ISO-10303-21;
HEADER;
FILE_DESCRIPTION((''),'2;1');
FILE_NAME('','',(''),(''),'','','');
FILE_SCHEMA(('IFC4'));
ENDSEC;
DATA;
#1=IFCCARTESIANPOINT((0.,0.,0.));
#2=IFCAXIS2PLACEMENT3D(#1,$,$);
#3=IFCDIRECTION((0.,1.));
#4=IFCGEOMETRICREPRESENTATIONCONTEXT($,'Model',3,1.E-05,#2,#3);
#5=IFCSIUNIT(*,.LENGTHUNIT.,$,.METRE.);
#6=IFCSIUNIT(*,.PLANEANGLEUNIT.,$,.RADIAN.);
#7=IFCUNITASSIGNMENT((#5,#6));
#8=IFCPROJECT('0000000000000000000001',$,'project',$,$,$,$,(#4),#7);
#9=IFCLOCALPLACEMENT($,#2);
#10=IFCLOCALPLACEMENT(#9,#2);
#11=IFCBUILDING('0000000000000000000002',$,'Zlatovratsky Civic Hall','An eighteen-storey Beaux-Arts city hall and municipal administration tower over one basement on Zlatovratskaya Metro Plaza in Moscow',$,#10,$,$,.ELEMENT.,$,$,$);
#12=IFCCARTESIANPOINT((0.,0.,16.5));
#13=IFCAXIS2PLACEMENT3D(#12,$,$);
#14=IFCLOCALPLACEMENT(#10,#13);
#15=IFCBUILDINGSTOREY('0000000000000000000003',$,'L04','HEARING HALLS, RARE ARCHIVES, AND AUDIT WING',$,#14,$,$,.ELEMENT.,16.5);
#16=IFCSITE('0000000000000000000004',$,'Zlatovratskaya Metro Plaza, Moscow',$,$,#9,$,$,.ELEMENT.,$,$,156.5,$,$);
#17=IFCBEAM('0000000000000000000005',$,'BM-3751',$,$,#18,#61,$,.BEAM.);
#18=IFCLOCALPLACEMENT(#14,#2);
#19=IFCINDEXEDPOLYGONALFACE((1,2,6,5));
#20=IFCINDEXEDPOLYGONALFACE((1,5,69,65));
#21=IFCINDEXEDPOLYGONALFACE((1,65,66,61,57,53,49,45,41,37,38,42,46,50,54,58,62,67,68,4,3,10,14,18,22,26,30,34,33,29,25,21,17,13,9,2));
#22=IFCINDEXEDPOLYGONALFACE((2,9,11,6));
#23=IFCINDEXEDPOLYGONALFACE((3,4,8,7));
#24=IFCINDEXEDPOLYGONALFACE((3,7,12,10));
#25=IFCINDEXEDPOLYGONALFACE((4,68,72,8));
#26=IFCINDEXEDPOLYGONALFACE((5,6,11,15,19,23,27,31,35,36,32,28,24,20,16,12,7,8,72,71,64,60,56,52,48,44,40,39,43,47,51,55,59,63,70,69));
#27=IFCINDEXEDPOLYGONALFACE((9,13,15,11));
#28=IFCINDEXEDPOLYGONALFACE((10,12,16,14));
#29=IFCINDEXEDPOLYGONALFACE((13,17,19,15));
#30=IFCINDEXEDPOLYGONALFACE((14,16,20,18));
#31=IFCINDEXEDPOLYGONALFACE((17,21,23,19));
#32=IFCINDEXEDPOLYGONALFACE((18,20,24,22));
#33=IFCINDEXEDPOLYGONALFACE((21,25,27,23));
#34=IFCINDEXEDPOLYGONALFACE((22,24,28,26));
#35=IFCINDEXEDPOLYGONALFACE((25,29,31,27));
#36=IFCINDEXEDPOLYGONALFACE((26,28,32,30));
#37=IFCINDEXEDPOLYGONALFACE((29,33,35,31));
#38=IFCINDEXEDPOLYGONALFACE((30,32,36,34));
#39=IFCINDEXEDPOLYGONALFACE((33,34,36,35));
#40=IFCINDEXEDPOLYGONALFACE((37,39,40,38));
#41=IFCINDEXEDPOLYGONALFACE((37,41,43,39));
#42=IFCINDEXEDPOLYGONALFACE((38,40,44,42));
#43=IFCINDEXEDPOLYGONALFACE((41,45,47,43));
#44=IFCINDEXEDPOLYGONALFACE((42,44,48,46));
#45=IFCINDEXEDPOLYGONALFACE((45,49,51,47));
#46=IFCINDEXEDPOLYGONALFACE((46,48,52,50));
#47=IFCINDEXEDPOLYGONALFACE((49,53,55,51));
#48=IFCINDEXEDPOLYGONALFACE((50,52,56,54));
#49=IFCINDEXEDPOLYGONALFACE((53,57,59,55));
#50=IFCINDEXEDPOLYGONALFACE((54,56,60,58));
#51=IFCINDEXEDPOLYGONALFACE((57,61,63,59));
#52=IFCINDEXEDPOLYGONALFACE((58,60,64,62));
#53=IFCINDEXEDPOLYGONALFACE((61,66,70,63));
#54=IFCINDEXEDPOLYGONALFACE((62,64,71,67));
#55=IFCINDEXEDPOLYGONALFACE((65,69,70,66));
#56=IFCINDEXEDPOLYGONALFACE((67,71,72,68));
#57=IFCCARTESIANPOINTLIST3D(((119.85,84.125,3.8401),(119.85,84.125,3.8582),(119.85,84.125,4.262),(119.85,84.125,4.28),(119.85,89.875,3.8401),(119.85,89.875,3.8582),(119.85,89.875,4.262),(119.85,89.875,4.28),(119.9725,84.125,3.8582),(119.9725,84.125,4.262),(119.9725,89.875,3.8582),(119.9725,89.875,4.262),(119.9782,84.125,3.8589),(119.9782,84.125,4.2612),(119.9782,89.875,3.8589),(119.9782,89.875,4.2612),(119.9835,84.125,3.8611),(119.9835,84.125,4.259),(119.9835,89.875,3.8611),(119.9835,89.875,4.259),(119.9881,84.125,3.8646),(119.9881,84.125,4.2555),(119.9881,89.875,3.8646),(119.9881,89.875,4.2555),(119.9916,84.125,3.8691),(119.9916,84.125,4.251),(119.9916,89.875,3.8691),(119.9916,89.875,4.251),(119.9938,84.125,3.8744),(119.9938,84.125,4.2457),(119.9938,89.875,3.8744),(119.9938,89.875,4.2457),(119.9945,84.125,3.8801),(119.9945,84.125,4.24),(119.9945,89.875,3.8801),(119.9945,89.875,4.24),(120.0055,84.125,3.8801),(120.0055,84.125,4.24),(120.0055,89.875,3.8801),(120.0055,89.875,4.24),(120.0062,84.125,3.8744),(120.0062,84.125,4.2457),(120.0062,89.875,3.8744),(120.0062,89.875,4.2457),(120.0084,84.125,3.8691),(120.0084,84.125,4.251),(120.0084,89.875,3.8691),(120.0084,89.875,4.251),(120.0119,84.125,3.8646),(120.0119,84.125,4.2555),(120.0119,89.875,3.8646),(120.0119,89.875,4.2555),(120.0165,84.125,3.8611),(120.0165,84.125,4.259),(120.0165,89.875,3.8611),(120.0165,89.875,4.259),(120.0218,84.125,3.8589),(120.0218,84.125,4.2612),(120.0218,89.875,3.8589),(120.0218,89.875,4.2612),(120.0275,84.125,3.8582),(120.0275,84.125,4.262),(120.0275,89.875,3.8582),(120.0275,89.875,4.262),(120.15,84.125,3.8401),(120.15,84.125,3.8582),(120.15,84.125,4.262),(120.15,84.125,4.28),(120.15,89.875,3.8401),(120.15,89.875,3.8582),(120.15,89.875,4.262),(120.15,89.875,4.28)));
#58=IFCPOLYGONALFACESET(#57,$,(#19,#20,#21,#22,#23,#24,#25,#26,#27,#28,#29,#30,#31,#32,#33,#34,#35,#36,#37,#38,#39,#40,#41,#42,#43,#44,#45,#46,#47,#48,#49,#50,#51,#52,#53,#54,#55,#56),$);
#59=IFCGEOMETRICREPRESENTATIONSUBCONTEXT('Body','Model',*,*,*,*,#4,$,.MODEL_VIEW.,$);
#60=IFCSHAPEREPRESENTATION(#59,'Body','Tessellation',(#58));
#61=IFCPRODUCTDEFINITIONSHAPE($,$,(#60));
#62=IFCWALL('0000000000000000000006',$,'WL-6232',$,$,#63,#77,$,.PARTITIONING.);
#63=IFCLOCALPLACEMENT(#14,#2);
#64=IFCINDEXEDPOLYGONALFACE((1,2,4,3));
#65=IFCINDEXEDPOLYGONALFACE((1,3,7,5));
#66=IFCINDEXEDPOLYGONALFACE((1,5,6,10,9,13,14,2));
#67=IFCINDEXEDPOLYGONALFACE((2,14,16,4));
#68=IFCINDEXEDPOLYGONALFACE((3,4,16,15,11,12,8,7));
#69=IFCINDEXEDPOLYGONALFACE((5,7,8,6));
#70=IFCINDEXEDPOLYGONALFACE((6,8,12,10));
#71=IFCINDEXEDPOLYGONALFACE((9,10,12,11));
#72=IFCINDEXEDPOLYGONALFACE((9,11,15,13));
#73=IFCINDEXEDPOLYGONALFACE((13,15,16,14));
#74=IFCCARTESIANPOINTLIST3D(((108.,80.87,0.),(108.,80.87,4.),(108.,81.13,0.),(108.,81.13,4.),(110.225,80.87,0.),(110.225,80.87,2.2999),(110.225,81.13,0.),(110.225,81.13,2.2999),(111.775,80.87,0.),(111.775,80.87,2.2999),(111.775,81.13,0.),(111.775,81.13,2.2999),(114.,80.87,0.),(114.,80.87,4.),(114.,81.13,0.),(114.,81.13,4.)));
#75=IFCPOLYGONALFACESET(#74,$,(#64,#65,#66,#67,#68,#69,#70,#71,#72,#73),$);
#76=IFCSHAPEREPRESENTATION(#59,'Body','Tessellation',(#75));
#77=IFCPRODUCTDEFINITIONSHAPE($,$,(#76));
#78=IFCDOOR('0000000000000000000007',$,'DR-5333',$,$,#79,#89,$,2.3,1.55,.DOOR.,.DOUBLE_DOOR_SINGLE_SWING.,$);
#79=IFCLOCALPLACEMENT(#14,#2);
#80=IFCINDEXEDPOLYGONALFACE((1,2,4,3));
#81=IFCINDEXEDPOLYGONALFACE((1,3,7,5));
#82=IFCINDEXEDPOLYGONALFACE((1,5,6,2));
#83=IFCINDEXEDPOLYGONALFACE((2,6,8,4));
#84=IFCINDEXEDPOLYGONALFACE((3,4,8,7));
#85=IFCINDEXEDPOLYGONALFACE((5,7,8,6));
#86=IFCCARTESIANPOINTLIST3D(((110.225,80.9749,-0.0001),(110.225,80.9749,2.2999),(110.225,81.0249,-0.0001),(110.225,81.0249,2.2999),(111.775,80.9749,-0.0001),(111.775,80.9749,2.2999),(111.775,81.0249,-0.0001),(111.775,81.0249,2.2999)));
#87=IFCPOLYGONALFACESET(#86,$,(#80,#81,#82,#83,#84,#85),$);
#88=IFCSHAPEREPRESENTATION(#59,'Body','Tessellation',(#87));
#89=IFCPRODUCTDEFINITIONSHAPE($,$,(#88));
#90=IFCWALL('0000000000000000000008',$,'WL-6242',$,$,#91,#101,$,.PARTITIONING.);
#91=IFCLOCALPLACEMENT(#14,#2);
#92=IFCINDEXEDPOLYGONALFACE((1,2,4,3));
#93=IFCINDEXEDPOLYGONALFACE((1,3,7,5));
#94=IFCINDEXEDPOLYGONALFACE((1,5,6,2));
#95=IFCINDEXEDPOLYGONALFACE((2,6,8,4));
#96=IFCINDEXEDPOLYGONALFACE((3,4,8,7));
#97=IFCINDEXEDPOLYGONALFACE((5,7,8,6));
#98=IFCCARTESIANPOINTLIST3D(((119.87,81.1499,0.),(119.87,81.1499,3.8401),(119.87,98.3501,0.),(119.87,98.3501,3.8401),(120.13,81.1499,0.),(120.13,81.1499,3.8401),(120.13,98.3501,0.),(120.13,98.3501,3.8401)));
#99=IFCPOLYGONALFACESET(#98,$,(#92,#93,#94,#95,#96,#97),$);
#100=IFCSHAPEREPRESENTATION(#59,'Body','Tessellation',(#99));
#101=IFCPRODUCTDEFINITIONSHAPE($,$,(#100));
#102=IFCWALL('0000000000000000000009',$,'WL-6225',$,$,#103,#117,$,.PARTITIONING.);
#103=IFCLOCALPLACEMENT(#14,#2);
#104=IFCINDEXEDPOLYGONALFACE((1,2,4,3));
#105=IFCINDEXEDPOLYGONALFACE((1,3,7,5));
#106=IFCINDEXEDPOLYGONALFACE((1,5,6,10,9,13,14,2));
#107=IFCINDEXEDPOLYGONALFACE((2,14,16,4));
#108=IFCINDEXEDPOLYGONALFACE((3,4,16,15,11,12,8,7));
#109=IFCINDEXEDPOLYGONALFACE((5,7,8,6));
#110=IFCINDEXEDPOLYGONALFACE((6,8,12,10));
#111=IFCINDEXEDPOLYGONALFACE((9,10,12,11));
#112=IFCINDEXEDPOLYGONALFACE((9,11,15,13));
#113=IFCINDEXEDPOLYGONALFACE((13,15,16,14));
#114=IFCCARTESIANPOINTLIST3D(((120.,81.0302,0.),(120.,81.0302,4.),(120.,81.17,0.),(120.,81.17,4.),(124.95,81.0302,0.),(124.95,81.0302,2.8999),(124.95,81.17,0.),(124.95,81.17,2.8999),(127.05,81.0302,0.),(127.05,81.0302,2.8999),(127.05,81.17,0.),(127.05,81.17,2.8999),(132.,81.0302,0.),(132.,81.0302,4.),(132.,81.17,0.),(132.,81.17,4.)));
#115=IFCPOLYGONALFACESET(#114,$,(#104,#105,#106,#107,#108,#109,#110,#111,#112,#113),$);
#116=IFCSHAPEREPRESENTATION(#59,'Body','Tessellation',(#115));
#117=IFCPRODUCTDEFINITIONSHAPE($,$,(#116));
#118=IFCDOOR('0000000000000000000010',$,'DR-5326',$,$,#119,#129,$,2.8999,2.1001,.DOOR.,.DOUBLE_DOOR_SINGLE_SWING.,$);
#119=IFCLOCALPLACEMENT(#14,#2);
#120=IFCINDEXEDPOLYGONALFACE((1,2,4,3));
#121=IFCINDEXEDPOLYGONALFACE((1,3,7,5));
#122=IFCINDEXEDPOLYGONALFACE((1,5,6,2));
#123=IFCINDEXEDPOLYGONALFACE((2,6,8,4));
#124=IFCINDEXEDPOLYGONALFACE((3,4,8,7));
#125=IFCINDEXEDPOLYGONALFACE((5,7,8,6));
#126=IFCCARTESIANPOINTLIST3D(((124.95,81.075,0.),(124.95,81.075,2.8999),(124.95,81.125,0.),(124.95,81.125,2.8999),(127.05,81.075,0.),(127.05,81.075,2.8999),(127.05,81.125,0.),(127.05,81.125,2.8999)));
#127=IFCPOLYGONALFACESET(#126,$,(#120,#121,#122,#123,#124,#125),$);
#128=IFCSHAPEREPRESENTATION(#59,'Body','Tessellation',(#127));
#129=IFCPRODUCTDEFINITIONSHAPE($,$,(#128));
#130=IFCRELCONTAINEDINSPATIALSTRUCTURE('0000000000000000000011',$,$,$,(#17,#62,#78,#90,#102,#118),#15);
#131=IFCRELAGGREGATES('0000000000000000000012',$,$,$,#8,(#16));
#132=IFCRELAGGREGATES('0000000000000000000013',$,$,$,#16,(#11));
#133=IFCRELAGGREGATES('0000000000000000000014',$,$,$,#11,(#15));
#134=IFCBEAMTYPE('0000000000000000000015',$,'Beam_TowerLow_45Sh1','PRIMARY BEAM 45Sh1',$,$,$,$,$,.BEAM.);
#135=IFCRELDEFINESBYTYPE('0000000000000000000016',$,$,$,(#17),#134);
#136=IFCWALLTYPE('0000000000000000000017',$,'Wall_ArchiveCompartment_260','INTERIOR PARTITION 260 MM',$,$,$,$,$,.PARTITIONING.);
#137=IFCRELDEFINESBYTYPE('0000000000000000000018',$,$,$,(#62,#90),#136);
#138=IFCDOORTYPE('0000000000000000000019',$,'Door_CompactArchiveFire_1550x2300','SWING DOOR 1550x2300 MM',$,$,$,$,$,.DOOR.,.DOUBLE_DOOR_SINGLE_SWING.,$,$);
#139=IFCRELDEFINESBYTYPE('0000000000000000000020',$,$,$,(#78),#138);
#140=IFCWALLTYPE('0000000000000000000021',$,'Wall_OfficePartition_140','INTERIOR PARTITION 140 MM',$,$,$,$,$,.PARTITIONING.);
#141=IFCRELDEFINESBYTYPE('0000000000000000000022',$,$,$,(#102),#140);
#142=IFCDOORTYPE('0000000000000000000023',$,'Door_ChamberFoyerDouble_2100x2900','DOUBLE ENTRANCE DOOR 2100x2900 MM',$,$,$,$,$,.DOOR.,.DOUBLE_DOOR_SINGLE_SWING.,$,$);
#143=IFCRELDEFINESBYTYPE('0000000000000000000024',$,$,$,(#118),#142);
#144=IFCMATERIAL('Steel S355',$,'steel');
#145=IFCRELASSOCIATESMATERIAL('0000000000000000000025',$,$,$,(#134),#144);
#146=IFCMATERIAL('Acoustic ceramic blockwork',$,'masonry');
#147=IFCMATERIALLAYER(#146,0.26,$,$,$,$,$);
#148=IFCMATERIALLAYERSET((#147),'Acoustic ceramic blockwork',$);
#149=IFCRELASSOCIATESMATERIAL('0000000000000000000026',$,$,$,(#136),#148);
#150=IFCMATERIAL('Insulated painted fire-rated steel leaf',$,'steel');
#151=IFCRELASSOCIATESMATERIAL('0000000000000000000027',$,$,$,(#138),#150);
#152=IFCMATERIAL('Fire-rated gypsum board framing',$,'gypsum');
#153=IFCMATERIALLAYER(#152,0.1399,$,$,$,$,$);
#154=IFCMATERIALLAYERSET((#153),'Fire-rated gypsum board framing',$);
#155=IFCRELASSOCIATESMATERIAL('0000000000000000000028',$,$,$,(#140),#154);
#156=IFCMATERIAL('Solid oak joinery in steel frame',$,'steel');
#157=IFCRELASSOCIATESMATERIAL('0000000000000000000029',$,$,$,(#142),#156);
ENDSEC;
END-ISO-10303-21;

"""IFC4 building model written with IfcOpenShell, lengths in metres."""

from ifc_helpers import new_model, si_unit, direction, frame, frame_2d, origin, origin_2d, place, context, subcontext, project, spatial, rectangle, i_section, extrude, material, layer, layer_set, material_profile, profile_set, type_object, element, fill, save


model = new_model("IFC4")

# Units and contexts
model_context = context("Model", 3, precision=1e-05, world=origin(), true_north=direction((0.0, 1.0)))
body_context = subcontext(model_context, "Body", "Model", "MODEL_VIEW")
ifc_project = project(units=[si_unit("LENGTHUNIT", "METRE"), si_unit("PLANEANGLEUNIT", "RADIAN")], contexts=[model_context])

# Site, building, storey
site_placement = place(None, origin())
site = spatial("IfcSite", under=ifc_project, at=site_placement, Name="Zlatovratskaya Metro Plaza, Moscow", CompositionType="ELEMENT", RefElevation=156.5)
building_placement = place(site_placement, origin())
building = spatial("IfcBuilding", under=site, at=building_placement, Name="Zlatovratsky Civic Hall", Description="An eighteen-storey Beaux-Arts city hall and municipal administration tower over one basement on Zlatovratskaya Metro Plaza in Moscow", CompositionType="ELEMENT")
storey_placement = place(building_placement, frame((0.0, 0.0, 16.5)))
storey = spatial("IfcBuildingStorey", under=building, at=storey_placement, Name="L04", Description="HEARING HALLS, RARE ARCHIVES, AND AUDIT WING", CompositionType="ELEMENT", Elevation=16.5)

# Shared definitions
ifc_material_1 = material(Name="Steel S355", Category="steel")

# Beam
ifc_material_profile_1 = material_profile(ifc_material_1, i_section(OverallWidth=0.3, OverallDepth=0.4399, WebThickness=0.011, FlangeThickness=0.0181, FilletRadius=0.022, at=origin_2d()), Name="45Sh1")
ifc_profile_set_1 = profile_set([ifc_material_profile_1], Name="Steel S355")
beam_type_1 = type_object("IfcBeamType", Name="Beam_TowerLow_45Sh1", Description="PRIMARY BEAM 45Sh1", PredefinedType="BEAM", material=ifc_profile_set_1)
for number, where, z_axis, x_axis, name in (
    (1, (120.0, 84.125, 4.0601), (0.0, 1.0, 0.0), (-1.0, 0.0, 0.0), "BM-3751"),
):
    element("IfcBeam", number, at=place(storey_placement, frame(where, z_axis=z_axis, x_axis=x_axis)), inside=storey, type_object=beam_type_1, Name=name, PredefinedType="BEAM", context=body_context, shape_type="SweptSolid", body=[
        extrude(i_section(OverallWidth=0.3, OverallDepth=0.4399, WebThickness=0.011, FlangeThickness=0.0181, FilletRadius=0.022, at=origin_2d()), origin(), (0.0, 0.0, 1.0), 5.75),
    ])

# Wall, opening, door
ifc_material_2 = material(Name="Acoustic ceramic blockwork", Category="masonry")
ifc_layer_1 = layer(ifc_material_2, 0.26)
ifc_layer_set_1 = layer_set([ifc_layer_1], Name="Acoustic ceramic blockwork")
wall_type_1 = type_object("IfcWallType", Name="Wall_ArchiveCompartment_260", Description="INTERIOR PARTITION 260 MM", PredefinedType="PARTITIONING", material=ifc_layer_set_1)
wall_1_placement = place(storey_placement, frame((108.0, 81.0, 0.0), z_axis=(0.0, 0.0, 1.0), x_axis=(1.0, 0.0, 0.0)))
wall_1 = element("IfcWall", 2, at=wall_1_placement, inside=storey, type_object=wall_type_1, Name="WL-6232", PredefinedType="PARTITIONING", context=body_context, shape_type="SweptSolid", body=[
    extrude(rectangle(XDim=6.0, YDim=0.26, at=frame_2d((3.0, 0.0))), origin(), (0.0, 0.0, 1.0), 4.0),
])
opening_1_placement = place(wall_1_placement, frame((2.2251, 0.0, 0.0)))
opening_1 = element("IfcOpeningElement", 3, at=opening_1_placement, cuts=wall_1, PredefinedType="OPENING", context=body_context, shape_type="SweptSolid", body=[
    extrude(rectangle(XDim=1.55, YDim=2.3, at=frame_2d((0.7749, 1.1499))), frame((0.0, 0.145, 0.0), z_axis=(0.0, -1.0, 0.0), x_axis=(1.0, 0.0, 0.0)), (0.0, 0.0, 1.0), 0.2898),
])
ifc_material_3 = material(Name="Insulated painted fire-rated steel leaf", Category="steel")
door_type_1 = type_object("IfcDoorType", Name="Door_CompactArchiveFire_1550x2300", Description="SWING DOOR 1550x2300 MM", OperationType="DOUBLE_DOOR_SINGLE_SWING", PredefinedType="DOOR", material=ifc_material_3)
door_1_placement = place(opening_1_placement, origin())
door_1 = element("IfcDoor", 4, at=door_1_placement, inside=storey, type_object=door_type_1, Name="DR-5333", OperationType="DOUBLE_DOOR_SINGLE_SWING", OverallHeight=2.3, OverallWidth=1.55, PredefinedType="DOOR", context=body_context, shape_type="SweptSolid", body=[
    extrude(rectangle(XDim=1.55, YDim=2.3, at=frame_2d((0.7749, 1.1499))), frame((0.0, 0.0249, 0.0), z_axis=(0.0, -1.0, 0.0), x_axis=(1.0, 0.0, 0.0)), (0.0, 0.0, 1.0), 0.05),
])
fill(opening_1, door_1)

# Wall
wall_2_placement = place(storey_placement, frame((120.0, 81.1499, 0.0), z_axis=(0.0, 0.0, 1.0), x_axis=(0.0, 1.0, 0.0)))
element("IfcWall", 5, at=wall_2_placement, inside=storey, type_object=wall_type_1, Name="WL-6242", PredefinedType="PARTITIONING", context=body_context, shape_type="SweptSolid", body=[
    extrude(rectangle(XDim=17.2002, YDim=0.26, at=frame_2d((8.6001, 0.0))), origin(), (0.0, 0.0, 1.0), 3.8401),
])

# Wall, opening, door
ifc_material_4 = material(Name="Fire-rated gypsum board framing", Category="gypsum")
ifc_layer_2 = layer(ifc_material_4, 0.1399)
ifc_layer_set_2 = layer_set([ifc_layer_2], Name="Fire-rated gypsum board framing")
wall_type_2 = type_object("IfcWallType", Name="Wall_OfficePartition_140", Description="INTERIOR PARTITION 140 MM", PredefinedType="PARTITIONING", material=ifc_layer_set_2)
wall_3_placement = place(storey_placement, frame((120.0, 81.1001, 0.0), z_axis=(0.0, 0.0, 1.0), x_axis=(1.0, 0.0, 0.0)))
wall_3 = element("IfcWall", 6, at=wall_3_placement, inside=storey, type_object=wall_type_2, Name="WL-6225", PredefinedType="PARTITIONING", context=body_context, shape_type="SweptSolid", body=[
    extrude(rectangle(XDim=12.0, YDim=0.1399, at=frame_2d((6.0, 0.0))), origin(), (0.0, 0.0, 1.0), 4.0),
])
opening_2_placement = place(wall_3_placement, frame((4.95, 0.0, 0.0)))
opening_2 = element("IfcOpeningElement", 7, at=opening_2_placement, cuts=wall_3, PredefinedType="OPENING", context=body_context, shape_type="SweptSolid", body=[
    extrude(rectangle(XDim=2.1001, YDim=2.8999, at=frame_2d((1.05, 1.45))), frame((0.0, 0.085, 0.0), z_axis=(0.0, -1.0, 0.0), x_axis=(1.0, 0.0, 0.0)), (0.0, 0.0, 1.0), 0.1697),
])
ifc_material_5 = material(Name="Solid oak joinery in steel frame", Category="steel")
door_type_2 = type_object("IfcDoorType", Name="Door_ChamberFoyerDouble_2100x2900", Description="DOUBLE ENTRANCE DOOR 2100x2900 MM", OperationType="DOUBLE_DOOR_SINGLE_SWING", PredefinedType="DOOR", material=ifc_material_5)
door_2_placement = place(opening_2_placement, origin())
door_2 = element("IfcDoor", 8, at=door_2_placement, inside=storey, type_object=door_type_2, Name="DR-5326", OperationType="DOUBLE_DOOR_SINGLE_SWING", OverallHeight=2.8999, OverallWidth=2.1001, PredefinedType="DOOR", context=body_context, shape_type="SweptSolid", body=[
    extrude(rectangle(XDim=2.1001, YDim=2.8999, at=frame_2d((1.05, 1.45))), frame((0.0, 0.0249, 0.0), z_axis=(0.0, -1.0, 0.0), x_axis=(1.0, 0.0, 0.0)), (0.0, 0.0, 1.0), 0.05),
])
fill(opening_2, door_2)

save(model, "model.ifc")
